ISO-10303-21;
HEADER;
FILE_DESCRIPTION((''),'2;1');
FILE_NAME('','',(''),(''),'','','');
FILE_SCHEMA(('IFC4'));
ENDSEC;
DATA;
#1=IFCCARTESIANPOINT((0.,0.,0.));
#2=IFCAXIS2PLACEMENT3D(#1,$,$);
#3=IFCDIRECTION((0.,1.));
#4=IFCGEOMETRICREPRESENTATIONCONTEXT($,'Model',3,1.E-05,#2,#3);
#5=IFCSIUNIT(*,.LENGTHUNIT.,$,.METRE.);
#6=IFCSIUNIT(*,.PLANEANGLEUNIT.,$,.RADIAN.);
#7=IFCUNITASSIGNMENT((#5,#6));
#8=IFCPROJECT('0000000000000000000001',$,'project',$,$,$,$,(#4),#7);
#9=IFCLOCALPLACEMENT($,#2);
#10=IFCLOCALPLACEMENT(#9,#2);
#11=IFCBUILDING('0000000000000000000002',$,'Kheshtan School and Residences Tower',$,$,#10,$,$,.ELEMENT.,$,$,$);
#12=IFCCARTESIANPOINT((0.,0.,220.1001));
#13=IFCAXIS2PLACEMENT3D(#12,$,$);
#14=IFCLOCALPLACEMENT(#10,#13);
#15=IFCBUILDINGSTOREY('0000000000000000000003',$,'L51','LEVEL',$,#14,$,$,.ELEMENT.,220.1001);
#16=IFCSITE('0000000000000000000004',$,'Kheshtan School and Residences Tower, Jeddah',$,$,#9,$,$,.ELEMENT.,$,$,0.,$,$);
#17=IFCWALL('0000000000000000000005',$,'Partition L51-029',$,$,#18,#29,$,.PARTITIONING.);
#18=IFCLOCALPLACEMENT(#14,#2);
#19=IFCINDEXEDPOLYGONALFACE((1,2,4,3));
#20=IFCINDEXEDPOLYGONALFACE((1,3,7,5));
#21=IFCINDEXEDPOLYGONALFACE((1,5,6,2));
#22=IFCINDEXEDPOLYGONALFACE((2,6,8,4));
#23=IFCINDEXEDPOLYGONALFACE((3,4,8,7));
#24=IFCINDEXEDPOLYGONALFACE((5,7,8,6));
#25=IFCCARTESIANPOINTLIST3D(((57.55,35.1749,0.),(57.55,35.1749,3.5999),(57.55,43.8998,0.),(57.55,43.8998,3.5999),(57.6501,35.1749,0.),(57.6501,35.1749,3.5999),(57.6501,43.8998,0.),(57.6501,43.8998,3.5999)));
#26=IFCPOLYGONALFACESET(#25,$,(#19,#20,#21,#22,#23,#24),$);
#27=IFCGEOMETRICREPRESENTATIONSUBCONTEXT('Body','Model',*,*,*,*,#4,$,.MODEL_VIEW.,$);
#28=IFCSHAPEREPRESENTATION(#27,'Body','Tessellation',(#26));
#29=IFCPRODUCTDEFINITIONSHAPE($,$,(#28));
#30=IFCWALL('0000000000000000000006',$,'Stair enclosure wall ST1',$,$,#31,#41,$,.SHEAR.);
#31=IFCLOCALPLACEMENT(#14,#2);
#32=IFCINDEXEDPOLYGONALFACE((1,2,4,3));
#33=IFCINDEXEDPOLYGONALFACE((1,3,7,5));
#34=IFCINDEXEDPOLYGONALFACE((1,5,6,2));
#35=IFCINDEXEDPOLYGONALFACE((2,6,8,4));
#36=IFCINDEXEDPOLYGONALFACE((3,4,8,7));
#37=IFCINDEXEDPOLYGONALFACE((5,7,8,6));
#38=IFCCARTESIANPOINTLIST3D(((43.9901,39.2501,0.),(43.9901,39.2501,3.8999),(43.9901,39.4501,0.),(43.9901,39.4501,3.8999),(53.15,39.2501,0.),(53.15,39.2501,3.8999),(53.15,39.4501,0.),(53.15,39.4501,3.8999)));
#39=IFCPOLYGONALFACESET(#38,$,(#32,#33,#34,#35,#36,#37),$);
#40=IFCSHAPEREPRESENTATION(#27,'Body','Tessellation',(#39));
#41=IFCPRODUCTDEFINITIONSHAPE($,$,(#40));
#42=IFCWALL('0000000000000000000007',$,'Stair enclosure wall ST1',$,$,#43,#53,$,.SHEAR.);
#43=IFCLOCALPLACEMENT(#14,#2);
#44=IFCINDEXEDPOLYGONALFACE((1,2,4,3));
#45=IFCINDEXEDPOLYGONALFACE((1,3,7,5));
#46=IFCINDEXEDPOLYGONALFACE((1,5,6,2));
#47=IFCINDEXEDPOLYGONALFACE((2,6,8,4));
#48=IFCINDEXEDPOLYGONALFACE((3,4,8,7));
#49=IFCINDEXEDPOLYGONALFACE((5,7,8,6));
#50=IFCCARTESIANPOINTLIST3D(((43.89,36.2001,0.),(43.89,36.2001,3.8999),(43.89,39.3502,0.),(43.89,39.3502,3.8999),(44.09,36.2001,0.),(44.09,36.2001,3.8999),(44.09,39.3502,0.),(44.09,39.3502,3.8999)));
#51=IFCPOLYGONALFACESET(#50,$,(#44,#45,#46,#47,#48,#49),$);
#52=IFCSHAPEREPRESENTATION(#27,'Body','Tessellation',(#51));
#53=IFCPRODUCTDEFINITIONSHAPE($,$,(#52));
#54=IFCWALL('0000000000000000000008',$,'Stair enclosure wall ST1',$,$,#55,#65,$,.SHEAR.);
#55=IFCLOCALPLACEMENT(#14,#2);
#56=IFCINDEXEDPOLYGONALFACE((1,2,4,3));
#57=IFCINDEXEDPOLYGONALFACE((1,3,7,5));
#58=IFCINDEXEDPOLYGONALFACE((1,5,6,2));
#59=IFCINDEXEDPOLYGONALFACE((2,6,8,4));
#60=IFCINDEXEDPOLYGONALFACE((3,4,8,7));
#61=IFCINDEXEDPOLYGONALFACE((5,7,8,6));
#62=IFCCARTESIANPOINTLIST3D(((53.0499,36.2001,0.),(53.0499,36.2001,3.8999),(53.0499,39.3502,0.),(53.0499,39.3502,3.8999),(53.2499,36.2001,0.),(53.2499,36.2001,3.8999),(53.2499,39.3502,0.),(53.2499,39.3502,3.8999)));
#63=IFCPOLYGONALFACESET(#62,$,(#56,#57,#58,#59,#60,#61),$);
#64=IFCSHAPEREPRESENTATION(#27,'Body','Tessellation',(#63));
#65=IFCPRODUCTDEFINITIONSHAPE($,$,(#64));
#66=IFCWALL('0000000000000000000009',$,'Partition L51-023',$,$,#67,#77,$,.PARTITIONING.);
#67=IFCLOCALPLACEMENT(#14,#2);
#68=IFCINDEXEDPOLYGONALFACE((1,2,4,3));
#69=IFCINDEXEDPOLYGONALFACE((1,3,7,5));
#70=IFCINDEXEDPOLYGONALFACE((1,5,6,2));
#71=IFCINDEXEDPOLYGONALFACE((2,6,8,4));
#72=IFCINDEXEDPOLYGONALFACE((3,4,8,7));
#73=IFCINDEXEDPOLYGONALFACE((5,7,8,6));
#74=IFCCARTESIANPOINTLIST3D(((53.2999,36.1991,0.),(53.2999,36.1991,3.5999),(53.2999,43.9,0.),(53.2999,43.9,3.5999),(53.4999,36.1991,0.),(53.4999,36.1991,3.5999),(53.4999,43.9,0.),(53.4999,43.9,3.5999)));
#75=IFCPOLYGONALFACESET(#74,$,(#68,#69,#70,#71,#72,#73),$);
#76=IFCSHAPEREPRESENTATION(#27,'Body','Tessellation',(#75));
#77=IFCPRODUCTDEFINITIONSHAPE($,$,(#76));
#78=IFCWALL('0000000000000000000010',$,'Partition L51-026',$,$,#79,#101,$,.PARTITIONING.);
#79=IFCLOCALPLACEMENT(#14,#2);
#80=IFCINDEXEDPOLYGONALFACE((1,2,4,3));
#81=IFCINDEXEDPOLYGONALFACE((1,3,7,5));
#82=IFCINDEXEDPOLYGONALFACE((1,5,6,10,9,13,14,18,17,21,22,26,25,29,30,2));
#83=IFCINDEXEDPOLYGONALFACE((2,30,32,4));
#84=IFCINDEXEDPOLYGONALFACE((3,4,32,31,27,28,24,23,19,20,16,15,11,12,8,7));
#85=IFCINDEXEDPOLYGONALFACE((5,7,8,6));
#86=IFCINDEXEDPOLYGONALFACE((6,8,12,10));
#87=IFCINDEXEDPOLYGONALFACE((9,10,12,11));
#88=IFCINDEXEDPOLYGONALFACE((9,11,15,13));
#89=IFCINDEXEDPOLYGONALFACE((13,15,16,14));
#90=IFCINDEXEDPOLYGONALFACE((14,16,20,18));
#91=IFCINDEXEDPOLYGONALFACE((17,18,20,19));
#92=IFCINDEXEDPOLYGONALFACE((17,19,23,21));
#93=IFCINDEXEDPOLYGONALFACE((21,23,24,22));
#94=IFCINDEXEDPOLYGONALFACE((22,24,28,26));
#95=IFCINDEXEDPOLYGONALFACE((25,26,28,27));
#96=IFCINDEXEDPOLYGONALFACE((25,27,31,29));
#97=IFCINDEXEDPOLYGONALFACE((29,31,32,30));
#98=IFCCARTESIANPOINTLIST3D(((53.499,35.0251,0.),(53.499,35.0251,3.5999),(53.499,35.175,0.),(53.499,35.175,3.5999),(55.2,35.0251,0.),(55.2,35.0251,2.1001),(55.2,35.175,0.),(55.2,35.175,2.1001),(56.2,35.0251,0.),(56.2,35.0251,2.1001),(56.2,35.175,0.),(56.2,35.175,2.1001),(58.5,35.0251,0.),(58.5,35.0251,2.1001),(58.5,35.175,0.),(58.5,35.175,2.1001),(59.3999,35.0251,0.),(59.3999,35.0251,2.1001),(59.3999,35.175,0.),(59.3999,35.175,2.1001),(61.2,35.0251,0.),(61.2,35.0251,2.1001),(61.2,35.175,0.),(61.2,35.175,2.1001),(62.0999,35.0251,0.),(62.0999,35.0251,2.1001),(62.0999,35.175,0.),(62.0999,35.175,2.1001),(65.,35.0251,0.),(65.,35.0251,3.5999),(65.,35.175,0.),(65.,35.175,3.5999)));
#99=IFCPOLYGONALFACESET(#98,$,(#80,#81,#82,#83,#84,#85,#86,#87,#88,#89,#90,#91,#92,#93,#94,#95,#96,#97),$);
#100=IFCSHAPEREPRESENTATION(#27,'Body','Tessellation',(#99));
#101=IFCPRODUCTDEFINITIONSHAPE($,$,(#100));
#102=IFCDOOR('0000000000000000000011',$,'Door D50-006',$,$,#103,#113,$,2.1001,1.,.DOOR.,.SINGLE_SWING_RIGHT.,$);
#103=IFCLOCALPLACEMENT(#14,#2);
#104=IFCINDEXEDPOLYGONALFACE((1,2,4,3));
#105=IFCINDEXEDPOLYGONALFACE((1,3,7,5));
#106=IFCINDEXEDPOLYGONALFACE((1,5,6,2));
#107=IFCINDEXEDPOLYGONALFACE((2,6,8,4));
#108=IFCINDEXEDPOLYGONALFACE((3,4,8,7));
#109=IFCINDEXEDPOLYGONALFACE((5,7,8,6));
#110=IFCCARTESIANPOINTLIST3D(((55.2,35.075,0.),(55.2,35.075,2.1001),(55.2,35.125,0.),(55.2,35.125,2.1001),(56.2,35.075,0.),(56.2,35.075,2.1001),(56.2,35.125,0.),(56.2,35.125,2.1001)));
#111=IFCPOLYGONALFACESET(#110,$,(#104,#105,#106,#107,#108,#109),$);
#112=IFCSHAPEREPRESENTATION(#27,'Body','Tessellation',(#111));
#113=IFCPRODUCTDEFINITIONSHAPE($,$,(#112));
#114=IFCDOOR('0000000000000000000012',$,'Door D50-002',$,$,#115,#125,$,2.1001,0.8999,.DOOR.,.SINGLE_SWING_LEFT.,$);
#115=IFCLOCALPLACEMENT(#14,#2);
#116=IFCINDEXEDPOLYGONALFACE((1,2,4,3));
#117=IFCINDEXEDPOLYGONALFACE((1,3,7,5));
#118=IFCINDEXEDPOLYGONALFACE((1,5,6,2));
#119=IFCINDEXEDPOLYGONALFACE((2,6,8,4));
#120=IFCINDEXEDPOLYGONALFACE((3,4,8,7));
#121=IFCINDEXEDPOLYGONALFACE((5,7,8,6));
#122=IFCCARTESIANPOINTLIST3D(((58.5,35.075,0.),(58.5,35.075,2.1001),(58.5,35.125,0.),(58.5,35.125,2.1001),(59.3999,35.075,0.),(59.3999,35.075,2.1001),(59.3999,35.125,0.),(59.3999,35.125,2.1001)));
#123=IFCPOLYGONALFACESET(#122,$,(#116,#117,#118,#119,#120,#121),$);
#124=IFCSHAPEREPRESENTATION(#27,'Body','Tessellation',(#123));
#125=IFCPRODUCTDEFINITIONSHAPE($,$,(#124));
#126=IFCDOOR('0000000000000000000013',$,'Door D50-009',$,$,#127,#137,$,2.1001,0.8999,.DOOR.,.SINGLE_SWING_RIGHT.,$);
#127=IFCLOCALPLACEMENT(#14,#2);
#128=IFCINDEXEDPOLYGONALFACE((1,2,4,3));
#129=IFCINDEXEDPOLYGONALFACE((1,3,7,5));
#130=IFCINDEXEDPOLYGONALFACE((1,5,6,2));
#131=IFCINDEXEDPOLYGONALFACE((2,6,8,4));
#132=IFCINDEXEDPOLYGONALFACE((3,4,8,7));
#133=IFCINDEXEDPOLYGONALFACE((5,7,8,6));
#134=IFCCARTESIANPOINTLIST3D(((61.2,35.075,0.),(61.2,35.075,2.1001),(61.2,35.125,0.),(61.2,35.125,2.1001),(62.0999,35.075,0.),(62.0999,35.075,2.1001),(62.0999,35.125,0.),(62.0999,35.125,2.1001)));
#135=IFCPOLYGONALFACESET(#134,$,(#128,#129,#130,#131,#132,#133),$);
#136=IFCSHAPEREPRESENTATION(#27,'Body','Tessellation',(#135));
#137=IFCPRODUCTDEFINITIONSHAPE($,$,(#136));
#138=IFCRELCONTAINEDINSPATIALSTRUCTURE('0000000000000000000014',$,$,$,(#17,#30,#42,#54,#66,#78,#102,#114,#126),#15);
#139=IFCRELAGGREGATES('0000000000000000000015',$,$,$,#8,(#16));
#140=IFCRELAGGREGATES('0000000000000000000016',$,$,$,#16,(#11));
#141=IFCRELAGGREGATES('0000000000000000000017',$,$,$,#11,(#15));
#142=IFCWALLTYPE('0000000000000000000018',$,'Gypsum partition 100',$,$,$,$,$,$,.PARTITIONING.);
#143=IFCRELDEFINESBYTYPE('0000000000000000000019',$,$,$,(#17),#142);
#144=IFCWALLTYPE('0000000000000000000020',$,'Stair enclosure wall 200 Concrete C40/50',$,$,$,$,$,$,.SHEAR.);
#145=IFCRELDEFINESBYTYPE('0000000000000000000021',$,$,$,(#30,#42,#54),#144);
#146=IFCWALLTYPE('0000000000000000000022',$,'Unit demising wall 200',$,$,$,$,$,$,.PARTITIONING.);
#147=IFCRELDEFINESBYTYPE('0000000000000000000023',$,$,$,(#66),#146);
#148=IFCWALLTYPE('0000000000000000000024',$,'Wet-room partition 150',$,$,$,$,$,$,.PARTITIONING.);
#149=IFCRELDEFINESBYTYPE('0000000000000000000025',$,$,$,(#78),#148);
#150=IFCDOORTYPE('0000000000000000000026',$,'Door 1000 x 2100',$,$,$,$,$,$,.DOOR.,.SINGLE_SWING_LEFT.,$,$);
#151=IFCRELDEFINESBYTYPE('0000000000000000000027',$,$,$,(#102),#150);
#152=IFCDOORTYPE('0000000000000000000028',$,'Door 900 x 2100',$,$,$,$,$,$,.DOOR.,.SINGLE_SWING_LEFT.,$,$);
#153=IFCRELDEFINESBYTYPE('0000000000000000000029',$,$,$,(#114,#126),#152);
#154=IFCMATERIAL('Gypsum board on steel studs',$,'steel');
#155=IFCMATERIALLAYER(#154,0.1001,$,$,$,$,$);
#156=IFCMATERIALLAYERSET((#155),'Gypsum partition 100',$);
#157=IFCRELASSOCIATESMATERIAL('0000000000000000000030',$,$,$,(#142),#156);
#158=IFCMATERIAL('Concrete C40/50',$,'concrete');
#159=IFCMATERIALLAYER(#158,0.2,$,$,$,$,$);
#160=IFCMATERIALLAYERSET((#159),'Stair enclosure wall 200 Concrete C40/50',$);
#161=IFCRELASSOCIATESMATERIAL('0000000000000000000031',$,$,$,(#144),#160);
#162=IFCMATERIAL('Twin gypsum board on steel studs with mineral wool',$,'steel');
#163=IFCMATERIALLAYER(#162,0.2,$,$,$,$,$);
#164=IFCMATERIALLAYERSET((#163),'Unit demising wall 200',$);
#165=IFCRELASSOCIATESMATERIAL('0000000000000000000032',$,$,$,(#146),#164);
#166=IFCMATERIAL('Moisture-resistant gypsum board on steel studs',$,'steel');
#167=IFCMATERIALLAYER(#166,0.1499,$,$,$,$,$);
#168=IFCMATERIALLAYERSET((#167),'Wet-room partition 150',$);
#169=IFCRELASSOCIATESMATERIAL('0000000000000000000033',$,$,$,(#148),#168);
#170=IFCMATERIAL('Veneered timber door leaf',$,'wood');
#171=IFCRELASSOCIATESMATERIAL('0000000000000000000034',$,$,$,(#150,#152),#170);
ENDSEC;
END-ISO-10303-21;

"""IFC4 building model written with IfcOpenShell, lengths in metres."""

from ifc_helpers import new_model, si_unit, direction, frame, frame_2d, origin, place, context, subcontext, project, spatial, rectangle, extrude, source, transform, mapped, material, layer, layer_set, type_object, element, fill, save


model = new_model("IFC4")

# Units and contexts
model_context = context("Model", 3, precision=1e-05, world=origin(), true_north=direction((0.0, 1.0)))
body_context = subcontext(model_context, "Body", "Model", "MODEL_VIEW")
ifc_project = project(units=[si_unit("LENGTHUNIT", "METRE"), si_unit("PLANEANGLEUNIT", "RADIAN")], contexts=[model_context])

# Site, building, storey
site_placement = place(None, origin())
site = spatial("IfcSite", under=ifc_project, at=site_placement, Name="Kheshtan School and Residences Tower, Jeddah", CompositionType="ELEMENT", RefElevation=0.0)
building_placement = place(site_placement, origin())
building = spatial("IfcBuilding", under=site, at=building_placement, Name="Kheshtan School and Residences Tower", CompositionType="ELEMENT")
storey_placement = place(building_placement, frame((0.0, 0.0, 220.1001)))
storey = spatial("IfcBuildingStorey", under=building, at=storey_placement, Name="L51", Description="LEVEL", CompositionType="ELEMENT", Elevation=220.1001)

# Walls
ifc_material_1 = material(Name="Gypsum board on steel studs", Category="steel")
ifc_layer_1 = layer(ifc_material_1, 0.1001)
ifc_layer_set_1 = layer_set([ifc_layer_1], Name="Gypsum partition 100")
wall_type_1 = type_object("IfcWallType", Name="Gypsum partition 100", PredefinedType="PARTITIONING", material=ifc_layer_set_1)
wall_1_placement = place(storey_placement, frame((57.6001, 35.175, 0.0), z_axis=(0.0, 0.0, 1.0), x_axis=(0.0, 1.0, 0.0)))
element("IfcWall", 1, at=wall_1_placement, inside=storey, type_object=wall_type_1, Name="Partition L51-029", PredefinedType="PARTITIONING", context=body_context, shape_type="SweptSolid", body=[
    extrude(rectangle(XDim=8.7249, YDim=0.1001, at=frame_2d((4.3623, 0.0))), origin(), (0.0, 0.0, 1.0), 3.5999),
])
ifc_material_2 = material(Name="Concrete C40/50", Category="concrete")
ifc_layer_2 = layer(ifc_material_2, 0.2)
ifc_layer_set_2 = layer_set([ifc_layer_2], Name="Stair enclosure wall 200 Concrete C40/50")
wall_type_2 = type_object("IfcWallType", Name="Stair enclosure wall 200 Concrete C40/50", PredefinedType="SHEAR", material=ifc_layer_set_2)
wall_2_placement = place(storey_placement, frame((43.99, 39.3501, 0.0), z_axis=(0.0, 0.0, 1.0), x_axis=(1.0, 0.0, 0.0)))
element("IfcWall", 2, at=wall_2_placement, inside=storey, type_object=wall_type_2, Name="Stair enclosure wall ST1", PredefinedType="SHEAR", context=body_context, shape_type="SweptSolid", body=[
    extrude(rectangle(XDim=9.1599, YDim=0.2, at=frame_2d((4.5801, 0.0))), origin(), (0.0, 0.0, 1.0), 3.8999),
])
for number, where, z_axis, x_axis, name in (
    (3, (43.99, 36.2, 0.0), (0.0, 0.0, 1.0), (0.0, 1.0, 0.0), "Stair enclosure wall ST1"),
    (4, (53.1499, 36.2, 0.0), (0.0, 0.0, 1.0), (0.0, 1.0, 0.0), "Stair enclosure wall ST1"),
):
    element("IfcWall", number, at=place(storey_placement, frame(where, z_axis=z_axis, x_axis=x_axis)), inside=storey, type_object=wall_type_2, Name=name, PredefinedType="SHEAR", context=body_context, shape_type="SweptSolid", body=[
        extrude(rectangle(XDim=3.1501, YDim=0.2, at=frame_2d((1.5752, 0.0))), origin(), (0.0, 0.0, 1.0), 3.8999),
    ])
ifc_material_3 = material(Name="Twin gypsum board on steel studs with mineral wool", Category="steel")
ifc_layer_3 = layer(ifc_material_3, 0.2)
ifc_layer_set_3 = layer_set([ifc_layer_3], Name="Unit demising wall 200")
wall_type_3 = type_object("IfcWallType", Name="Unit demising wall 200", PredefinedType="PARTITIONING", material=ifc_layer_set_3)
wall_3_placement = place(storey_placement, frame((53.3999, 36.199, 0.0), z_axis=(0.0, 0.0, 1.0), x_axis=(0.0, 1.0, 0.0)))
element("IfcWall", 5, at=wall_3_placement, inside=storey, type_object=wall_type_3, Name="Partition L51-023", PredefinedType="PARTITIONING", context=body_context, shape_type="SweptSolid", body=[
    extrude(rectangle(XDim=7.7009, YDim=0.2, at=frame_2d((3.8506, 0.0))), origin(), (0.0, 0.0, 1.0), 3.5999),
])

# Wall, openings, doors
ifc_material_4 = material(Name="Moisture-resistant gypsum board on steel studs", Category="steel")
ifc_layer_4 = layer(ifc_material_4, 0.1499)
ifc_layer_set_4 = layer_set([ifc_layer_4], Name="Wet-room partition 150")
wall_type_4 = type_object("IfcWallType", Name="Wet-room partition 150", PredefinedType="PARTITIONING", material=ifc_layer_set_4)
wall_4_placement = place(storey_placement, frame((53.499, 35.1001, 0.0), z_axis=(0.0, 0.0, 1.0), x_axis=(1.0, 0.0, 0.0)))
wall_4 = element("IfcWall", 6, at=wall_4_placement, inside=storey, type_object=wall_type_4, Name="Partition L51-026", PredefinedType="PARTITIONING", context=body_context, shape_type="SweptSolid", body=[
    extrude(rectangle(XDim=11.501, YDim=0.1499, at=frame_2d((5.7505, 0.0))), origin(), (0.0, 0.0, 1.0), 3.5999),
])
opening_1_placement = place(wall_4_placement, frame((5.001, 0.0, 0.0)))
opening_1 = element("IfcOpeningElement", 7, at=opening_1_placement, cuts=wall_4, PredefinedType="OPENING", context=body_context, shape_type="SweptSolid", body=[
    extrude(rectangle(XDim=0.8999, YDim=2.1001, at=frame_2d((0.45, 1.05))), frame((0.0, 0.085, 0.0), z_axis=(0.0, -1.0, 0.0), x_axis=(1.0, 0.0, 0.0)), (0.0, 0.0, 1.0), 0.1699),
])
opening_2_placement = place(wall_4_placement, frame((1.7009, 0.0, 0.0)))
opening_2 = element("IfcOpeningElement", 8, at=opening_2_placement, cuts=wall_4, PredefinedType="OPENING", context=body_context, shape_type="SweptSolid", body=[
    extrude(rectangle(XDim=1.0, YDim=2.1001, at=frame_2d((0.5, 1.05))), frame((0.0, 0.085, 0.0), z_axis=(0.0, -1.0, 0.0), x_axis=(1.0, 0.0, 0.0)), (0.0, 0.0, 1.0), 0.1699),
])
opening_3_placement = place(wall_4_placement, frame((7.7009, 0.0, 0.0)))
opening_3 = element("IfcOpeningElement", 9, at=opening_3_placement, cuts=wall_4, PredefinedType="OPENING", context=body_context, shape_type="SweptSolid", body=[
    extrude(rectangle(XDim=0.8999, YDim=2.1001, at=frame_2d((0.45, 1.05))), frame((0.0, 0.085, 0.0), z_axis=(0.0, -1.0, 0.0), x_axis=(1.0, 0.0, 0.0)), (0.0, 0.0, 1.0), 0.1699),
])
ifc_material_5 = material(Name="Veneered timber door leaf", Category="wood")
door_type_1 = type_object("IfcDoorType", Name="Door 1000 x 2100", OperationType="SINGLE_SWING_LEFT", PredefinedType="DOOR", material=ifc_material_5)
shared_shape_1 = source(origin(), body_context, "Body", "SweptSolid", [
    extrude(rectangle(XDim=1.0, YDim=2.1001, at=frame_2d((0.5, 1.05))), frame((0.0, 0.0249, 0.0), z_axis=(0.0, -1.0, 0.0), x_axis=(1.0, 0.0, 0.0)), (0.0, 0.0, 1.0), 0.05),
])
door_1_placement = place(opening_2_placement, origin())
door_1 = element("IfcDoor", 10, at=door_1_placement, inside=storey, type_object=door_type_1, Name="Door D50-006", OperationType="SINGLE_SWING_RIGHT", OverallHeight=2.1001, OverallWidth=1.0, PredefinedType="DOOR", context=body_context, shape_type="MappedRepresentation", body=[
    mapped(shared_shape_1, transform((0.0, 0.0, 0.0), x_axis=(1.0, 0.0, 0.0), y_axis=(0.0, 1.0, 0.0), z_axis=(0.0, 0.0, 1.0), scale=1.0)),
])
fill(opening_2, door_1)
door_type_2 = type_object("IfcDoorType", Name="Door 900 x 2100", OperationType="SINGLE_SWING_LEFT", PredefinedType="DOOR", material=ifc_material_5)
shared_shape_2 = source(origin(), body_context, "Body", "SweptSolid", [
    extrude(rectangle(XDim=0.8999, YDim=2.1001, at=frame_2d((0.45, 1.05))), frame((0.0, 0.0249, 0.0), z_axis=(0.0, -1.0, 0.0), x_axis=(1.0, 0.0, 0.0)), (0.0, 0.0, 1.0), 0.05),
])
door_2_placement = place(opening_1_placement, origin())
door_2 = element("IfcDoor", 11, at=door_2_placement, inside=storey, type_object=door_type_2, Name="Door D50-002", OperationType="SINGLE_SWING_LEFT", OverallHeight=2.1001, OverallWidth=0.8999, PredefinedType="DOOR", context=body_context, shape_type="MappedRepresentation", body=[
    mapped(shared_shape_2, transform((0.0, 0.0, 0.0), x_axis=(1.0, 0.0, 0.0), y_axis=(0.0, 1.0, 0.0), z_axis=(0.0, 0.0, 1.0), scale=1.0)),
])
fill(opening_1, door_2)
door_3_placement = place(opening_3_placement, origin())
door_3 = element("IfcDoor", 12, at=door_3_placement, inside=storey, type_object=door_type_2, Name="Door D50-009", OperationType="SINGLE_SWING_RIGHT", OverallHeight=2.1001, OverallWidth=0.8999, PredefinedType="DOOR", context=body_context, shape_type="MappedRepresentation", body=[
    mapped(shared_shape_2, transform((0.0, 0.0, 0.0), x_axis=(1.0, 0.0, 0.0), y_axis=(0.0, 1.0, 0.0), z_axis=(0.0, 0.0, 1.0), scale=1.0)),
])
fill(opening_3, door_3)

save(model, "model.ifc")
